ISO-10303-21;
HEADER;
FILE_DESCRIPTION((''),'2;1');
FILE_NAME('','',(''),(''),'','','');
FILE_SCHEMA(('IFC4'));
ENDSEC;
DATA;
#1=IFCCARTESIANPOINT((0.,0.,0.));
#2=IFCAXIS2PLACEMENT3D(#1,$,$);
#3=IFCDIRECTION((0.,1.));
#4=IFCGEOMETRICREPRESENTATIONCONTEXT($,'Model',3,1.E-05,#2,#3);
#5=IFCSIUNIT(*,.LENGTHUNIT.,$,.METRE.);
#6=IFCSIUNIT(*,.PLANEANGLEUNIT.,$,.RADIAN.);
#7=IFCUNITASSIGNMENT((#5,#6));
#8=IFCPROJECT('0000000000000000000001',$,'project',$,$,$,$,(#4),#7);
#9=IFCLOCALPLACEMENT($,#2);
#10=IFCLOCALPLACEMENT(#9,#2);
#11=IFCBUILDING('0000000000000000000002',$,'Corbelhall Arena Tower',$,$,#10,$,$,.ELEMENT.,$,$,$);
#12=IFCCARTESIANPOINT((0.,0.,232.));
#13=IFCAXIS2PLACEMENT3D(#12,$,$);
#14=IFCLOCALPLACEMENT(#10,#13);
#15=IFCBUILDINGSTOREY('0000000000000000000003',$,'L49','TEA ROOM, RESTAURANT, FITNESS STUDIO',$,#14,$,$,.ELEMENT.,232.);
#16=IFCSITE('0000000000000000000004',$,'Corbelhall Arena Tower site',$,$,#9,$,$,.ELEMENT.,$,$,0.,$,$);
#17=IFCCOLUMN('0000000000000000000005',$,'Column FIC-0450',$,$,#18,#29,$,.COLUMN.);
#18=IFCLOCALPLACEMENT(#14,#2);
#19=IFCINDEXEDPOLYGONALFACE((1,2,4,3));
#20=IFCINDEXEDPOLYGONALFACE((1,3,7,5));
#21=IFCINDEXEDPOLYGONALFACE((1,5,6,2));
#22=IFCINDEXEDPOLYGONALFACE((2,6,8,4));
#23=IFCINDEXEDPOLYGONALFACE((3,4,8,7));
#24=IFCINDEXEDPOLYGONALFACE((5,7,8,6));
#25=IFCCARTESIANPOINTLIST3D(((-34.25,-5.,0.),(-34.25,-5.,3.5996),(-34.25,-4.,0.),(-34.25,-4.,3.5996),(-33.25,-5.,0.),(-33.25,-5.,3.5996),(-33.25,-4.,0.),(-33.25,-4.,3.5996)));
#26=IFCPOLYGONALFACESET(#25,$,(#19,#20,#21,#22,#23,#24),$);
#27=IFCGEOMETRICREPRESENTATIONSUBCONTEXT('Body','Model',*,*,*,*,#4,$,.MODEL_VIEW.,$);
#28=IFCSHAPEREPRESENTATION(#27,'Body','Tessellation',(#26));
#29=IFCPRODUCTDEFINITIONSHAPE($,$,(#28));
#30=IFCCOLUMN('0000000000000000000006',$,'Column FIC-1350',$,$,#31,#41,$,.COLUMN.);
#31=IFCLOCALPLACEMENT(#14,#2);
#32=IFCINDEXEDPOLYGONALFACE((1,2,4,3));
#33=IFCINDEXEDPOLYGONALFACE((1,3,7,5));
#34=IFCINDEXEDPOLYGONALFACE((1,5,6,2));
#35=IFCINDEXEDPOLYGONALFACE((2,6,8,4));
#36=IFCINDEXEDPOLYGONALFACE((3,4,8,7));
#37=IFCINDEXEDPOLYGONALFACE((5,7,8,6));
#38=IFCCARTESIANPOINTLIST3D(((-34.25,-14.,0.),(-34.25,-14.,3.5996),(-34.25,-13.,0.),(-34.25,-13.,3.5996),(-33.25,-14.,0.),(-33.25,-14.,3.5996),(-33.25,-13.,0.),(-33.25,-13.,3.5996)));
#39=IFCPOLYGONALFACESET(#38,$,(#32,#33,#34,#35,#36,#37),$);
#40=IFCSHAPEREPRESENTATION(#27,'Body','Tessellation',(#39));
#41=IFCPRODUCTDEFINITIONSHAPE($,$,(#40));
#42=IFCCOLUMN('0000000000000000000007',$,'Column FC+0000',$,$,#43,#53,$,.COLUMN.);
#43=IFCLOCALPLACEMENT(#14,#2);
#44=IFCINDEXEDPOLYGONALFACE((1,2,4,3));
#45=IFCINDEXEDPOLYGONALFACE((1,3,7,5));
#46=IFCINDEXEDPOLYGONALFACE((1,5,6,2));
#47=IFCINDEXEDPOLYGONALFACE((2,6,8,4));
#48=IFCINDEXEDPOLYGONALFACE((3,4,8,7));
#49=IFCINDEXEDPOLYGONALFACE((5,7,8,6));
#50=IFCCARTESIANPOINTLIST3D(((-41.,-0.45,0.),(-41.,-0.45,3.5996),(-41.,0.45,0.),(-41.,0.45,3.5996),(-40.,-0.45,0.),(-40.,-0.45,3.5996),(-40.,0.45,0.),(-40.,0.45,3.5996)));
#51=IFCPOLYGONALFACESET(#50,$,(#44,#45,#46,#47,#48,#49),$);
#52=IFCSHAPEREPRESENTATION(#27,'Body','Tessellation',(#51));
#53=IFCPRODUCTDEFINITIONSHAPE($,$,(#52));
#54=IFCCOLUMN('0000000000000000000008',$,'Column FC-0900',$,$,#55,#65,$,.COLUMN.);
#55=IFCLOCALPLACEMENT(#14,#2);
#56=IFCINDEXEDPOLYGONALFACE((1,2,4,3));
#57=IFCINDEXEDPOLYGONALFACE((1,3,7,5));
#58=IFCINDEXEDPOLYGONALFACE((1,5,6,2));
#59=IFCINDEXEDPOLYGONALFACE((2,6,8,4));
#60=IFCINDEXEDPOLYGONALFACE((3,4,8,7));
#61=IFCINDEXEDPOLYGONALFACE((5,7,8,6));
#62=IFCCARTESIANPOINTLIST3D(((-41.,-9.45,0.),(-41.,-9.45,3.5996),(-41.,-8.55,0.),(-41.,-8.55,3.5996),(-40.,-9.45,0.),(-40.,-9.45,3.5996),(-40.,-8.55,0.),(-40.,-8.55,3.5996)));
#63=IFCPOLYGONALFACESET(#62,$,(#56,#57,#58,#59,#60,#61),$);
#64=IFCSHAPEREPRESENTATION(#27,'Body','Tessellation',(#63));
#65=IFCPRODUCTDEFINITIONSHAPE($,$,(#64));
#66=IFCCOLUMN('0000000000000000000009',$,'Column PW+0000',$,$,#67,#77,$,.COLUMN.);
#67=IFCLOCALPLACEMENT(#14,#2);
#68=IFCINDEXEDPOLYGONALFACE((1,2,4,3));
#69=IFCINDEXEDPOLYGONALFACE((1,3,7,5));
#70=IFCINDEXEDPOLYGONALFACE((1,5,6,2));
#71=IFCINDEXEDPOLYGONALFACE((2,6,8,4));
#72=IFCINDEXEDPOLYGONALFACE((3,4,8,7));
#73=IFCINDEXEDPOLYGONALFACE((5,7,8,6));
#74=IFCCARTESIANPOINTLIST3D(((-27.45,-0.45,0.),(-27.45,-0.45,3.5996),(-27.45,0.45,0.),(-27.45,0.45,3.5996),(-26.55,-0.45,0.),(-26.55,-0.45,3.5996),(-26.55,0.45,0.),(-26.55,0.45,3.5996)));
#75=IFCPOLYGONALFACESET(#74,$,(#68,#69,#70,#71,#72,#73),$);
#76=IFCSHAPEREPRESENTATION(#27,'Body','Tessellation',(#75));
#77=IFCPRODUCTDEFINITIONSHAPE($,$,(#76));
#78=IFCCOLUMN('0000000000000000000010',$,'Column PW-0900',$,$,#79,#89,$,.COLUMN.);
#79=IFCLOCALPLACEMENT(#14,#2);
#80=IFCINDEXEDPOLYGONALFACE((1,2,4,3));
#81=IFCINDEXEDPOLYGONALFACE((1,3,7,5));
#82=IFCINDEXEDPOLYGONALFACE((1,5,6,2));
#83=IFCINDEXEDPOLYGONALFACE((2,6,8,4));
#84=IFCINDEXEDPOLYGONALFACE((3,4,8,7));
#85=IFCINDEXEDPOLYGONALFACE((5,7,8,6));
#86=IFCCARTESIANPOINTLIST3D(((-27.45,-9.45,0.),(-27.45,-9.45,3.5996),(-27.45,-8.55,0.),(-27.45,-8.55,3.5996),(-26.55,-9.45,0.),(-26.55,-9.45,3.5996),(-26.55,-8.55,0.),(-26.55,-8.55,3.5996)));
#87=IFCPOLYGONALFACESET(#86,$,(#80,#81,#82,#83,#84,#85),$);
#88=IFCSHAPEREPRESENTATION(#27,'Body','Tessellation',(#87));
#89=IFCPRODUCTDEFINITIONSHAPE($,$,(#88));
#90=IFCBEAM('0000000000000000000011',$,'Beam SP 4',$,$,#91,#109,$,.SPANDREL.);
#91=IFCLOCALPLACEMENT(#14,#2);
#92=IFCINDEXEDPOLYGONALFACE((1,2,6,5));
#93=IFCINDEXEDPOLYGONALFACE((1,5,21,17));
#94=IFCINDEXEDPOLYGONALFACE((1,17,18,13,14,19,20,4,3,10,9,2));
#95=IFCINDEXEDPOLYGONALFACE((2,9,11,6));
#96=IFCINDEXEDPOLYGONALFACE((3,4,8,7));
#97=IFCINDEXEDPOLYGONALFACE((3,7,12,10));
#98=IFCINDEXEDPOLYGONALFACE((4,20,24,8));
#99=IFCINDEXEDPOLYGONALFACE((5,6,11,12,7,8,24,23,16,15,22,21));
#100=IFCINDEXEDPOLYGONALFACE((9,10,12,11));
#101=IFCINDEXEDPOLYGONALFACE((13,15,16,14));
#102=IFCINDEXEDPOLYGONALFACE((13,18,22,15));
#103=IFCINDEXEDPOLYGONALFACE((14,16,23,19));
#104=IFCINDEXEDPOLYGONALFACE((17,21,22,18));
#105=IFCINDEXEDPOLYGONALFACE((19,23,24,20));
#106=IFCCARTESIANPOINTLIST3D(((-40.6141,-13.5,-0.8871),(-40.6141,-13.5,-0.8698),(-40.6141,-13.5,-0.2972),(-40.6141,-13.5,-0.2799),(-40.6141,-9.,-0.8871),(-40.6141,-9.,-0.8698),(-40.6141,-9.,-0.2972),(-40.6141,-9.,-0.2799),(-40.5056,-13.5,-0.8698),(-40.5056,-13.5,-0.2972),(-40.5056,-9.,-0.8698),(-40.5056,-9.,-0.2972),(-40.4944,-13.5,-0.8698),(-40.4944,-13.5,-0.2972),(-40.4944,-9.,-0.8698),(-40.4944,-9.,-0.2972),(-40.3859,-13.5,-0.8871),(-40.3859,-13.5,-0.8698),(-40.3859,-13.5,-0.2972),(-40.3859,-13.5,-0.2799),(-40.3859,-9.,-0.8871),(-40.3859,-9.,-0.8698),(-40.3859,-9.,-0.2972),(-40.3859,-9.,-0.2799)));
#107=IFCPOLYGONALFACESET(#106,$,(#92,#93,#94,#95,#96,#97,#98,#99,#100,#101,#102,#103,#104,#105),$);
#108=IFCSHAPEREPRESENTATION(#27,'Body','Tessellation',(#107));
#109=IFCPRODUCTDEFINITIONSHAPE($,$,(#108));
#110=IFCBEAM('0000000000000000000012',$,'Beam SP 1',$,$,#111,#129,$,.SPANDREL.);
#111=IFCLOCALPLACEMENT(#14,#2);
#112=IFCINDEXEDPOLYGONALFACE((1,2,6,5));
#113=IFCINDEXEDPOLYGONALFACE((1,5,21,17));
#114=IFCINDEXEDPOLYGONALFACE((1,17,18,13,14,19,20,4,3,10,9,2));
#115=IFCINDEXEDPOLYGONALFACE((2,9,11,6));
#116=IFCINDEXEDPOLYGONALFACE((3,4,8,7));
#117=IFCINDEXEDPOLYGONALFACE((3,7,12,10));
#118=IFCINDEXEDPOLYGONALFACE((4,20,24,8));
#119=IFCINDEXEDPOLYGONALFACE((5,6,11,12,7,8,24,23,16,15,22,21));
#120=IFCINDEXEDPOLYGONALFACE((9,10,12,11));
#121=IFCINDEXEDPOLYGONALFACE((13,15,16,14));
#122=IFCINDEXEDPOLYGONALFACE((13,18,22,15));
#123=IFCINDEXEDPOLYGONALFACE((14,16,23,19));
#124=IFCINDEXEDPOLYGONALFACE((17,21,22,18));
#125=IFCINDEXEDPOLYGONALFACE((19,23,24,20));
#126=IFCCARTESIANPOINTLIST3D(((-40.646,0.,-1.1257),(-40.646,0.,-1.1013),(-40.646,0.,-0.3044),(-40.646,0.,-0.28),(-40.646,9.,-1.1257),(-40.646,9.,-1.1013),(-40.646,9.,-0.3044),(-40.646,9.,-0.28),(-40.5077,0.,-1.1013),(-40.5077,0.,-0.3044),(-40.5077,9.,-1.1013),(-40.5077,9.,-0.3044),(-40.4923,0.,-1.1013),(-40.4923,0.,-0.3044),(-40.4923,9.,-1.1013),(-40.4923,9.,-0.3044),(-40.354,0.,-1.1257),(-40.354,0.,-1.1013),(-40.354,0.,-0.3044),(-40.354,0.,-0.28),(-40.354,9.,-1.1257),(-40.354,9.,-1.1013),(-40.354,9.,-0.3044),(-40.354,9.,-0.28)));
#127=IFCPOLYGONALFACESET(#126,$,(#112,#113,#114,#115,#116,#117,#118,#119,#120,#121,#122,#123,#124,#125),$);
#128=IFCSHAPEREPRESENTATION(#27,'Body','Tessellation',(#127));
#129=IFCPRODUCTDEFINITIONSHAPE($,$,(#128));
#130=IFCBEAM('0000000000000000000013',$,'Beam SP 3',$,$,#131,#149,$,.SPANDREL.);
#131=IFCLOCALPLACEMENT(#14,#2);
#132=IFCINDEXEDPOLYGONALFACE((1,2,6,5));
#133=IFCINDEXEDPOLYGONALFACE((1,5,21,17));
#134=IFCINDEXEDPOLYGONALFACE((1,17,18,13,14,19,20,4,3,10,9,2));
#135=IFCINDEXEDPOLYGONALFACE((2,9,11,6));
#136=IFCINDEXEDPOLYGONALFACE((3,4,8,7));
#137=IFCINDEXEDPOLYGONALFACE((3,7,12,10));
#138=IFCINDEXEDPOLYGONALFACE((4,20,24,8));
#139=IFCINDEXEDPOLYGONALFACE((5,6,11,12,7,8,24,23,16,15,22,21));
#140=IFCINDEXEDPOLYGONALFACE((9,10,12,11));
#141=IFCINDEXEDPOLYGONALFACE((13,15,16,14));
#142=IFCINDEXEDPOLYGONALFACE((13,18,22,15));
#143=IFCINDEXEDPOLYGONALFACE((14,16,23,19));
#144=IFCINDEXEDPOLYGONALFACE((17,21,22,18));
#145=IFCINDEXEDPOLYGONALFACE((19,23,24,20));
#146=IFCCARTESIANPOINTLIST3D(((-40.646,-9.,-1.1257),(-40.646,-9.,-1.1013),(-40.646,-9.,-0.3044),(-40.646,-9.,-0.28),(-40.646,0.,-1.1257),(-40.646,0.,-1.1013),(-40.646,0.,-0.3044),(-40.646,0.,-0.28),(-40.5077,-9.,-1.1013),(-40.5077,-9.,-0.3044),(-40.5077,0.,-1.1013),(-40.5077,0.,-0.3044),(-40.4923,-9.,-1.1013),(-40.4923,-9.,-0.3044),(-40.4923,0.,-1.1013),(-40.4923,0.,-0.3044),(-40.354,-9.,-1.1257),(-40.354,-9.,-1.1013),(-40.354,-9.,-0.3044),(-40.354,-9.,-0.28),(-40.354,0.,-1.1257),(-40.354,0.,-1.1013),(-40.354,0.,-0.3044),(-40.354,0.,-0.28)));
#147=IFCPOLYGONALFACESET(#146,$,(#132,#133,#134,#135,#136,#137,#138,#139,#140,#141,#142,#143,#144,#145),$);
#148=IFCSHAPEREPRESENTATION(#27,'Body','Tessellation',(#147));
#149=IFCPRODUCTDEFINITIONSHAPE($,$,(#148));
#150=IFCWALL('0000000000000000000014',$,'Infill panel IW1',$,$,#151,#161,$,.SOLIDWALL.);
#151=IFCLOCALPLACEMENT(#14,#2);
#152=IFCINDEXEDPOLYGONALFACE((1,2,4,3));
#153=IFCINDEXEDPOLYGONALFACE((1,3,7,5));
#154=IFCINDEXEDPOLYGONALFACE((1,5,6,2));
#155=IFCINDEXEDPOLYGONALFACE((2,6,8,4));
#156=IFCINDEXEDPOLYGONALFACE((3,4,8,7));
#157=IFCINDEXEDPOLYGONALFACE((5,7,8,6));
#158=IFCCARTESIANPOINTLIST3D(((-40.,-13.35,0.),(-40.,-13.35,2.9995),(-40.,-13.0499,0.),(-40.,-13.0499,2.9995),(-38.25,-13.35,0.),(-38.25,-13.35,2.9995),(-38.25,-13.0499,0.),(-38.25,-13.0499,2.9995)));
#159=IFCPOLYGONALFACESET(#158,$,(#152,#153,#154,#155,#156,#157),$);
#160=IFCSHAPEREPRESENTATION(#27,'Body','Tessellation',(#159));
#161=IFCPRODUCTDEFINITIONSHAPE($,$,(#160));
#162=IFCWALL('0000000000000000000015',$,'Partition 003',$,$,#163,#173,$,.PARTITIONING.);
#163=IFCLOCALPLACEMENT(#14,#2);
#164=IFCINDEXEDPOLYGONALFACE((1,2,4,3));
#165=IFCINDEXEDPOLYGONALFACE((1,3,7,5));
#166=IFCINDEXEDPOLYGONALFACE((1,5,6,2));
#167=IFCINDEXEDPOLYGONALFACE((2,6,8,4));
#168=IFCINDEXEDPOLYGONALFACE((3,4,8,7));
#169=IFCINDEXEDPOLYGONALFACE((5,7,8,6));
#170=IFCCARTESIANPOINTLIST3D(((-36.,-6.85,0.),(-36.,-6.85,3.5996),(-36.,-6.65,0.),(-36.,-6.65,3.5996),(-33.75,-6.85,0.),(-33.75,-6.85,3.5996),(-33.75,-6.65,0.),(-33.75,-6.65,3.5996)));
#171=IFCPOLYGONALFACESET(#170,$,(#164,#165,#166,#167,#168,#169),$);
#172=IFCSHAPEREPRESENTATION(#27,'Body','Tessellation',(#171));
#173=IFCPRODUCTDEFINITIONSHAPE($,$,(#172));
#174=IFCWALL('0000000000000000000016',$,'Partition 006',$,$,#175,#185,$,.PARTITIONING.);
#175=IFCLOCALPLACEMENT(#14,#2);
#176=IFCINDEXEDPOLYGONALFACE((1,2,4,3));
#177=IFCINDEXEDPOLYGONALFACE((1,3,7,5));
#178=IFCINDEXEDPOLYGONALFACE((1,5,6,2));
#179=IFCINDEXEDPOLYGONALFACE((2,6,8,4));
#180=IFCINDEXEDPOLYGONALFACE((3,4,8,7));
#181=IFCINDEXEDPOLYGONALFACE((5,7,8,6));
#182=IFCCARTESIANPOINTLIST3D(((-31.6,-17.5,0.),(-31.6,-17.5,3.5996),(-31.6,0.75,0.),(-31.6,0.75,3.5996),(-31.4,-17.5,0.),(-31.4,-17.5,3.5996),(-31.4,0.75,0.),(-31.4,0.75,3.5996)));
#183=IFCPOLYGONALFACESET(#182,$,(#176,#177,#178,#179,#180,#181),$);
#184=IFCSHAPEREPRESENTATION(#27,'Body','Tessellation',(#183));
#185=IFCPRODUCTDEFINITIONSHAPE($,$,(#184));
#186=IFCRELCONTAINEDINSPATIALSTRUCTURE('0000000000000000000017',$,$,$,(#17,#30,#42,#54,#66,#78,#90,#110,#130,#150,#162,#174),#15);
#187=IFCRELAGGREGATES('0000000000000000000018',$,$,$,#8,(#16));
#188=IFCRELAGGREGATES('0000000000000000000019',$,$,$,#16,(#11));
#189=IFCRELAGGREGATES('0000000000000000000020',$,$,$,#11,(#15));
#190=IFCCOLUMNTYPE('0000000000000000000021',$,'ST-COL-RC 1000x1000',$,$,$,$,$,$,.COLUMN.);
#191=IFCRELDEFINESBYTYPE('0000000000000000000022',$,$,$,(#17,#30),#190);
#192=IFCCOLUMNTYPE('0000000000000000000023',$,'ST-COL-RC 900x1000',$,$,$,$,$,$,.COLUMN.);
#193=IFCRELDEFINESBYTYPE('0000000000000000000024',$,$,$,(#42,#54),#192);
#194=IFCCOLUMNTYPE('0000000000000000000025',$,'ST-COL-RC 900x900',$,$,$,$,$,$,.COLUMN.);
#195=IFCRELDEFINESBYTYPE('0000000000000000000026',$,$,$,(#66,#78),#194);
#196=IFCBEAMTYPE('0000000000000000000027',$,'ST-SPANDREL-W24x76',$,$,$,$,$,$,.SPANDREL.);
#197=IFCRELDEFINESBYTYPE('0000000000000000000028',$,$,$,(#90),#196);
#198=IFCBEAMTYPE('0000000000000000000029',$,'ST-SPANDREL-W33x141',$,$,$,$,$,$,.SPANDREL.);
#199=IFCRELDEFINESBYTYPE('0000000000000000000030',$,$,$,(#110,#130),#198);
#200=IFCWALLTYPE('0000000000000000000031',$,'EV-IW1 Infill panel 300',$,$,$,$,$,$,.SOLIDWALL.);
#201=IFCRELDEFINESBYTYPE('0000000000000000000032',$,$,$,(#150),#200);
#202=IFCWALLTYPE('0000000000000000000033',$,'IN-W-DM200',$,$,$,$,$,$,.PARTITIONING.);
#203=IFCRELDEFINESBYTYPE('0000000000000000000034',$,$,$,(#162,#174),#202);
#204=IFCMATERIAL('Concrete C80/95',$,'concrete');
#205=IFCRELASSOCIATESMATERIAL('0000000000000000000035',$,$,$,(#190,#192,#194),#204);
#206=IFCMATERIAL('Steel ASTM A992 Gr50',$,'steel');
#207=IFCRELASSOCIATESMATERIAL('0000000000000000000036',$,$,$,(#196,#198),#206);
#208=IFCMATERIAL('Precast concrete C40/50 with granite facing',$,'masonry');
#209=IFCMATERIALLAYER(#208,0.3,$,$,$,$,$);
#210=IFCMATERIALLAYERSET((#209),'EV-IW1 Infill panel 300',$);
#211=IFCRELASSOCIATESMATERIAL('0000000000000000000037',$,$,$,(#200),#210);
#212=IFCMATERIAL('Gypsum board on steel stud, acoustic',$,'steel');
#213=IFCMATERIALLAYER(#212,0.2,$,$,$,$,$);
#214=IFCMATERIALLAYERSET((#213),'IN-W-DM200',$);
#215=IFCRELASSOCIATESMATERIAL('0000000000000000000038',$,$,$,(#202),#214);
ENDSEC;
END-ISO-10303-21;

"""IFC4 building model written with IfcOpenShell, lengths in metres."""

from ifc_helpers import new_model, si_unit, direction, frame, frame_2d, origin, origin_2d, place, context, subcontext, project, spatial, rectangle, i_section, extrude, material, layer, layer_set, material_profile, profile_set, type_object, element, save


model = new_model("IFC4")

# Units and contexts
model_context = context("Model", 3, precision=1e-05, world=origin(), true_north=direction((0.0, 1.0)))
body_context = subcontext(model_context, "Body", "Model", "MODEL_VIEW")
ifc_project = project(units=[si_unit("LENGTHUNIT", "METRE"), si_unit("PLANEANGLEUNIT", "RADIAN")], contexts=[model_context])

# Site, building, storey
site_placement = place(None, origin())
site = spatial("IfcSite", under=ifc_project, at=site_placement, Name="Corbelhall Arena Tower site", CompositionType="ELEMENT", RefElevation=0.0)
building_placement = place(site_placement, origin())
building = spatial("IfcBuilding", under=site, at=building_placement, Name="Corbelhall Arena Tower", CompositionType="ELEMENT")
storey_placement = place(building_placement, frame((0.0, 0.0, 232.0)))
storey = spatial("IfcBuildingStorey", under=building, at=storey_placement, Name="L49", Description="TEA ROOM, RESTAURANT, FITNESS STUDIO", CompositionType="ELEMENT", Elevation=232.0)

# Columns
ifc_material_1 = material(Name="Concrete C80/95", Category="concrete")
ifc_material_profile_1 = material_profile(ifc_material_1, rectangle(XDim=1.0, YDim=1.0, at=origin_2d()))
ifc_profile_set_1 = profile_set([ifc_material_profile_1], Name="Concrete C80/95")
column_type_1 = type_object("IfcColumnType", Name="ST-COL-RC 1000x1000", PredefinedType="COLUMN", material=ifc_profile_set_1)
for number, where, z_axis, x_axis, name in (
    (1, (-33.75, -4.5, 0.0), (0.0, 0.0, 1.0), (1.0, 0.0, 0.0), "Column FIC-0450"),
    (2, (-33.75, -13.5, 0.0), (0.0, 0.0, 1.0), (1.0, 0.0, 0.0), "Column FIC-1350"),
):
    element("IfcColumn", number, at=place(storey_placement, frame(where, z_axis=z_axis, x_axis=x_axis)), inside=storey, type_object=column_type_1, Name=name, PredefinedType="COLUMN", context=body_context, shape_type="SweptSolid", body=[
        extrude(rectangle(XDim=1.0, YDim=1.0, at=origin_2d()), origin(), (0.0, 0.0, 1.0), 3.5996),
    ])
ifc_material_profile_2 = material_profile(ifc_material_1, rectangle(XDim=0.8999, YDim=1.0, at=origin_2d()))
ifc_profile_set_2 = profile_set([ifc_material_profile_2], Name="Concrete C80/95")
column_type_2 = type_object("IfcColumnType", Name="ST-COL-RC 900x1000", PredefinedType="COLUMN", material=ifc_profile_set_2)
for number, where, z_axis, x_axis, name in (
    (3, (-40.5, 0.0, 0.0), (0.0, 0.0, 1.0), (0.0, 1.0, 0.0), "Column FC+0000"),
    (4, (-40.5, -9.0, 0.0), (0.0, 0.0, 1.0), (0.0, 1.0, 0.0), "Column FC-0900"),
):
    element("IfcColumn", number, at=place(storey_placement, frame(where, z_axis=z_axis, x_axis=x_axis)), inside=storey, type_object=column_type_2, Name=name, PredefinedType="COLUMN", context=body_context, shape_type="SweptSolid", body=[
        extrude(rectangle(XDim=0.8999, YDim=1.0, at=origin_2d()), origin(), (0.0, 0.0, 1.0), 3.5996),
    ])
ifc_material_profile_3 = material_profile(ifc_material_1, rectangle(XDim=0.8999, YDim=0.8999, at=origin_2d()))
ifc_profile_set_3 = profile_set([ifc_material_profile_3], Name="Concrete C80/95")
column_type_3 = type_object("IfcColumnType", Name="ST-COL-RC 900x900", PredefinedType="COLUMN", material=ifc_profile_set_3)
for number, where, z_axis, x_axis, name in (
    (5, (-27.0, 0.0, 0.0), (0.0, 0.0, 1.0), (1.0, 0.0, 0.0), "Column PW+0000"),
    (6, (-27.0, -9.0, 0.0), (0.0, 0.0, 1.0), (1.0, 0.0, 0.0), "Column PW-0900"),
):
    element("IfcColumn", number, at=place(storey_placement, frame(where, z_axis=z_axis, x_axis=x_axis)), inside=storey, type_object=column_type_3, Name=name, PredefinedType="COLUMN", context=body_context, shape_type="SweptSolid", body=[
        extrude(rectangle(XDim=0.8999, YDim=0.8999, at=origin_2d()), origin(), (0.0, 0.0, 1.0), 3.5996),
    ])

# Beams
ifc_material_2 = material(Name="Steel ASTM A992 Gr50", Category="steel")
ifc_material_profile_4 = material_profile(ifc_material_2, i_section(OverallWidth=0.2283, OverallDepth=0.6072, WebThickness=0.0112, FlangeThickness=0.0173, at=origin_2d()))
ifc_profile_set_4 = profile_set([ifc_material_profile_4], Name="Steel ASTM A992 Gr50")
beam_type_1 = type_object("IfcBeamType", Name="ST-SPANDREL-W24x76", PredefinedType="SPANDREL", material=ifc_profile_set_4)
beam_placement = place(storey_placement, frame((-40.5, -13.5, -0.5835), z_axis=(0.0, 1.0, 0.0), x_axis=(-1.0, 0.0, 0.0)))
element("IfcBeam", 7, at=beam_placement, inside=storey, type_object=beam_type_1, Name="Beam SP 4", PredefinedType="SPANDREL", context=body_context, shape_type="SweptSolid", body=[
    extrude(i_section(OverallWidth=0.2283, OverallDepth=0.6072, WebThickness=0.0112, FlangeThickness=0.0173, at=origin_2d()), origin(), (0.0, 0.0, 1.0), 4.5),
])
ifc_material_profile_5 = material_profile(ifc_material_2, i_section(OverallWidth=0.292, OverallDepth=0.8457, WebThickness=0.0154, FlangeThickness=0.0244, at=origin_2d()))
ifc_profile_set_5 = profile_set([ifc_material_profile_5], Name="Steel ASTM A992 Gr50")
beam_type_2 = type_object("IfcBeamType", Name="ST-SPANDREL-W33x141", PredefinedType="SPANDREL", material=ifc_profile_set_5)
for number, where, z_axis, x_axis, name in (
    (8, (-40.5, 0.0, -0.7029), (0.0, 1.0, 0.0), (-1.0, 0.0, 0.0), "Beam SP 1"),
    (9, (-40.5, -9.0, -0.7029), (0.0, 1.0, 0.0), (-1.0, 0.0, 0.0), "Beam SP 3"),
):
    element("IfcBeam", number, at=place(storey_placement, frame(where, z_axis=z_axis, x_axis=x_axis)), inside=storey, type_object=beam_type_2, Name=name, PredefinedType="SPANDREL", context=body_context, shape_type="SweptSolid", body=[
        extrude(i_section(OverallWidth=0.292, OverallDepth=0.8457, WebThickness=0.0154, FlangeThickness=0.0244, at=origin_2d()), origin(), (0.0, 0.0, 1.0), 9.0),
    ])

# Wall
ifc_material_3 = material(Name="Precast concrete C40/50 with granite facing", Category="masonry")
ifc_layer_1 = layer(ifc_material_3, 0.3)
ifc_layer_set_1 = layer_set([ifc_layer_1], Name="EV-IW1 Infill panel 300")
wall_type_1 = type_object("IfcWallType", Name="EV-IW1 Infill panel 300", PredefinedType="SOLIDWALL", material=ifc_layer_set_1)
wall_1_placement = place(storey_placement, frame((-40.0, -13.2, 0.0), z_axis=(0.0, 0.0, 1.0), x_axis=(1.0, 0.0, 0.0)))
element("IfcWall", 10, at=wall_1_placement, inside=storey, type_object=wall_type_1, Name="Infill panel IW1", PredefinedType="SOLIDWALL", context=body_context, shape_type="SweptSolid", body=[
    extrude(rectangle(XDim=1.75, YDim=0.3, at=frame_2d((0.875, 0.0))), origin(), (0.0, 0.0, 1.0), 2.9995),
])

# Wall
ifc_material_4 = material(Name="Gypsum board on steel stud, acoustic", Category="steel")
ifc_layer_2 = layer(ifc_material_4, 0.2)
ifc_layer_set_2 = layer_set([ifc_layer_2], Name="IN-W-DM200")
wall_type_2 = type_object("IfcWallType", Name="IN-W-DM200", PredefinedType="PARTITIONING", material=ifc_layer_set_2)
wall_2_placement = place(storey_placement, frame((-33.75, -6.75, 0.0), z_axis=(0.0, 0.0, 1.0), x_axis=(-1.0, 0.0, 0.0)))
element("IfcWall", 11, at=wall_2_placement, inside=storey, type_object=wall_type_2, Name="Partition 003", PredefinedType="PARTITIONING", context=body_context, shape_type="SweptSolid", body=[
    extrude(rectangle(XDim=2.25, YDim=0.2, at=frame_2d((1.125, 0.0))), origin(), (0.0, 0.0, 1.0), 3.5996),
])

# Wall
wall_3_placement = place(storey_placement, frame((-31.5, 0.75, 0.0), z_axis=(0.0, 0.0, 1.0), x_axis=(0.0, -1.0, 0.0)))
element("IfcWall", 12, at=wall_3_placement, inside=storey, type_object=wall_type_2, Name="Partition 006", PredefinedType="PARTITIONING", context=body_context, shape_type="SweptSolid", body=[
    extrude(rectangle(XDim=18.25, YDim=0.2, at=frame_2d((9.125, 0.0))), origin(), (0.0, 0.0, 1.0), 3.5996),
])

save(model, "model.ifc")
